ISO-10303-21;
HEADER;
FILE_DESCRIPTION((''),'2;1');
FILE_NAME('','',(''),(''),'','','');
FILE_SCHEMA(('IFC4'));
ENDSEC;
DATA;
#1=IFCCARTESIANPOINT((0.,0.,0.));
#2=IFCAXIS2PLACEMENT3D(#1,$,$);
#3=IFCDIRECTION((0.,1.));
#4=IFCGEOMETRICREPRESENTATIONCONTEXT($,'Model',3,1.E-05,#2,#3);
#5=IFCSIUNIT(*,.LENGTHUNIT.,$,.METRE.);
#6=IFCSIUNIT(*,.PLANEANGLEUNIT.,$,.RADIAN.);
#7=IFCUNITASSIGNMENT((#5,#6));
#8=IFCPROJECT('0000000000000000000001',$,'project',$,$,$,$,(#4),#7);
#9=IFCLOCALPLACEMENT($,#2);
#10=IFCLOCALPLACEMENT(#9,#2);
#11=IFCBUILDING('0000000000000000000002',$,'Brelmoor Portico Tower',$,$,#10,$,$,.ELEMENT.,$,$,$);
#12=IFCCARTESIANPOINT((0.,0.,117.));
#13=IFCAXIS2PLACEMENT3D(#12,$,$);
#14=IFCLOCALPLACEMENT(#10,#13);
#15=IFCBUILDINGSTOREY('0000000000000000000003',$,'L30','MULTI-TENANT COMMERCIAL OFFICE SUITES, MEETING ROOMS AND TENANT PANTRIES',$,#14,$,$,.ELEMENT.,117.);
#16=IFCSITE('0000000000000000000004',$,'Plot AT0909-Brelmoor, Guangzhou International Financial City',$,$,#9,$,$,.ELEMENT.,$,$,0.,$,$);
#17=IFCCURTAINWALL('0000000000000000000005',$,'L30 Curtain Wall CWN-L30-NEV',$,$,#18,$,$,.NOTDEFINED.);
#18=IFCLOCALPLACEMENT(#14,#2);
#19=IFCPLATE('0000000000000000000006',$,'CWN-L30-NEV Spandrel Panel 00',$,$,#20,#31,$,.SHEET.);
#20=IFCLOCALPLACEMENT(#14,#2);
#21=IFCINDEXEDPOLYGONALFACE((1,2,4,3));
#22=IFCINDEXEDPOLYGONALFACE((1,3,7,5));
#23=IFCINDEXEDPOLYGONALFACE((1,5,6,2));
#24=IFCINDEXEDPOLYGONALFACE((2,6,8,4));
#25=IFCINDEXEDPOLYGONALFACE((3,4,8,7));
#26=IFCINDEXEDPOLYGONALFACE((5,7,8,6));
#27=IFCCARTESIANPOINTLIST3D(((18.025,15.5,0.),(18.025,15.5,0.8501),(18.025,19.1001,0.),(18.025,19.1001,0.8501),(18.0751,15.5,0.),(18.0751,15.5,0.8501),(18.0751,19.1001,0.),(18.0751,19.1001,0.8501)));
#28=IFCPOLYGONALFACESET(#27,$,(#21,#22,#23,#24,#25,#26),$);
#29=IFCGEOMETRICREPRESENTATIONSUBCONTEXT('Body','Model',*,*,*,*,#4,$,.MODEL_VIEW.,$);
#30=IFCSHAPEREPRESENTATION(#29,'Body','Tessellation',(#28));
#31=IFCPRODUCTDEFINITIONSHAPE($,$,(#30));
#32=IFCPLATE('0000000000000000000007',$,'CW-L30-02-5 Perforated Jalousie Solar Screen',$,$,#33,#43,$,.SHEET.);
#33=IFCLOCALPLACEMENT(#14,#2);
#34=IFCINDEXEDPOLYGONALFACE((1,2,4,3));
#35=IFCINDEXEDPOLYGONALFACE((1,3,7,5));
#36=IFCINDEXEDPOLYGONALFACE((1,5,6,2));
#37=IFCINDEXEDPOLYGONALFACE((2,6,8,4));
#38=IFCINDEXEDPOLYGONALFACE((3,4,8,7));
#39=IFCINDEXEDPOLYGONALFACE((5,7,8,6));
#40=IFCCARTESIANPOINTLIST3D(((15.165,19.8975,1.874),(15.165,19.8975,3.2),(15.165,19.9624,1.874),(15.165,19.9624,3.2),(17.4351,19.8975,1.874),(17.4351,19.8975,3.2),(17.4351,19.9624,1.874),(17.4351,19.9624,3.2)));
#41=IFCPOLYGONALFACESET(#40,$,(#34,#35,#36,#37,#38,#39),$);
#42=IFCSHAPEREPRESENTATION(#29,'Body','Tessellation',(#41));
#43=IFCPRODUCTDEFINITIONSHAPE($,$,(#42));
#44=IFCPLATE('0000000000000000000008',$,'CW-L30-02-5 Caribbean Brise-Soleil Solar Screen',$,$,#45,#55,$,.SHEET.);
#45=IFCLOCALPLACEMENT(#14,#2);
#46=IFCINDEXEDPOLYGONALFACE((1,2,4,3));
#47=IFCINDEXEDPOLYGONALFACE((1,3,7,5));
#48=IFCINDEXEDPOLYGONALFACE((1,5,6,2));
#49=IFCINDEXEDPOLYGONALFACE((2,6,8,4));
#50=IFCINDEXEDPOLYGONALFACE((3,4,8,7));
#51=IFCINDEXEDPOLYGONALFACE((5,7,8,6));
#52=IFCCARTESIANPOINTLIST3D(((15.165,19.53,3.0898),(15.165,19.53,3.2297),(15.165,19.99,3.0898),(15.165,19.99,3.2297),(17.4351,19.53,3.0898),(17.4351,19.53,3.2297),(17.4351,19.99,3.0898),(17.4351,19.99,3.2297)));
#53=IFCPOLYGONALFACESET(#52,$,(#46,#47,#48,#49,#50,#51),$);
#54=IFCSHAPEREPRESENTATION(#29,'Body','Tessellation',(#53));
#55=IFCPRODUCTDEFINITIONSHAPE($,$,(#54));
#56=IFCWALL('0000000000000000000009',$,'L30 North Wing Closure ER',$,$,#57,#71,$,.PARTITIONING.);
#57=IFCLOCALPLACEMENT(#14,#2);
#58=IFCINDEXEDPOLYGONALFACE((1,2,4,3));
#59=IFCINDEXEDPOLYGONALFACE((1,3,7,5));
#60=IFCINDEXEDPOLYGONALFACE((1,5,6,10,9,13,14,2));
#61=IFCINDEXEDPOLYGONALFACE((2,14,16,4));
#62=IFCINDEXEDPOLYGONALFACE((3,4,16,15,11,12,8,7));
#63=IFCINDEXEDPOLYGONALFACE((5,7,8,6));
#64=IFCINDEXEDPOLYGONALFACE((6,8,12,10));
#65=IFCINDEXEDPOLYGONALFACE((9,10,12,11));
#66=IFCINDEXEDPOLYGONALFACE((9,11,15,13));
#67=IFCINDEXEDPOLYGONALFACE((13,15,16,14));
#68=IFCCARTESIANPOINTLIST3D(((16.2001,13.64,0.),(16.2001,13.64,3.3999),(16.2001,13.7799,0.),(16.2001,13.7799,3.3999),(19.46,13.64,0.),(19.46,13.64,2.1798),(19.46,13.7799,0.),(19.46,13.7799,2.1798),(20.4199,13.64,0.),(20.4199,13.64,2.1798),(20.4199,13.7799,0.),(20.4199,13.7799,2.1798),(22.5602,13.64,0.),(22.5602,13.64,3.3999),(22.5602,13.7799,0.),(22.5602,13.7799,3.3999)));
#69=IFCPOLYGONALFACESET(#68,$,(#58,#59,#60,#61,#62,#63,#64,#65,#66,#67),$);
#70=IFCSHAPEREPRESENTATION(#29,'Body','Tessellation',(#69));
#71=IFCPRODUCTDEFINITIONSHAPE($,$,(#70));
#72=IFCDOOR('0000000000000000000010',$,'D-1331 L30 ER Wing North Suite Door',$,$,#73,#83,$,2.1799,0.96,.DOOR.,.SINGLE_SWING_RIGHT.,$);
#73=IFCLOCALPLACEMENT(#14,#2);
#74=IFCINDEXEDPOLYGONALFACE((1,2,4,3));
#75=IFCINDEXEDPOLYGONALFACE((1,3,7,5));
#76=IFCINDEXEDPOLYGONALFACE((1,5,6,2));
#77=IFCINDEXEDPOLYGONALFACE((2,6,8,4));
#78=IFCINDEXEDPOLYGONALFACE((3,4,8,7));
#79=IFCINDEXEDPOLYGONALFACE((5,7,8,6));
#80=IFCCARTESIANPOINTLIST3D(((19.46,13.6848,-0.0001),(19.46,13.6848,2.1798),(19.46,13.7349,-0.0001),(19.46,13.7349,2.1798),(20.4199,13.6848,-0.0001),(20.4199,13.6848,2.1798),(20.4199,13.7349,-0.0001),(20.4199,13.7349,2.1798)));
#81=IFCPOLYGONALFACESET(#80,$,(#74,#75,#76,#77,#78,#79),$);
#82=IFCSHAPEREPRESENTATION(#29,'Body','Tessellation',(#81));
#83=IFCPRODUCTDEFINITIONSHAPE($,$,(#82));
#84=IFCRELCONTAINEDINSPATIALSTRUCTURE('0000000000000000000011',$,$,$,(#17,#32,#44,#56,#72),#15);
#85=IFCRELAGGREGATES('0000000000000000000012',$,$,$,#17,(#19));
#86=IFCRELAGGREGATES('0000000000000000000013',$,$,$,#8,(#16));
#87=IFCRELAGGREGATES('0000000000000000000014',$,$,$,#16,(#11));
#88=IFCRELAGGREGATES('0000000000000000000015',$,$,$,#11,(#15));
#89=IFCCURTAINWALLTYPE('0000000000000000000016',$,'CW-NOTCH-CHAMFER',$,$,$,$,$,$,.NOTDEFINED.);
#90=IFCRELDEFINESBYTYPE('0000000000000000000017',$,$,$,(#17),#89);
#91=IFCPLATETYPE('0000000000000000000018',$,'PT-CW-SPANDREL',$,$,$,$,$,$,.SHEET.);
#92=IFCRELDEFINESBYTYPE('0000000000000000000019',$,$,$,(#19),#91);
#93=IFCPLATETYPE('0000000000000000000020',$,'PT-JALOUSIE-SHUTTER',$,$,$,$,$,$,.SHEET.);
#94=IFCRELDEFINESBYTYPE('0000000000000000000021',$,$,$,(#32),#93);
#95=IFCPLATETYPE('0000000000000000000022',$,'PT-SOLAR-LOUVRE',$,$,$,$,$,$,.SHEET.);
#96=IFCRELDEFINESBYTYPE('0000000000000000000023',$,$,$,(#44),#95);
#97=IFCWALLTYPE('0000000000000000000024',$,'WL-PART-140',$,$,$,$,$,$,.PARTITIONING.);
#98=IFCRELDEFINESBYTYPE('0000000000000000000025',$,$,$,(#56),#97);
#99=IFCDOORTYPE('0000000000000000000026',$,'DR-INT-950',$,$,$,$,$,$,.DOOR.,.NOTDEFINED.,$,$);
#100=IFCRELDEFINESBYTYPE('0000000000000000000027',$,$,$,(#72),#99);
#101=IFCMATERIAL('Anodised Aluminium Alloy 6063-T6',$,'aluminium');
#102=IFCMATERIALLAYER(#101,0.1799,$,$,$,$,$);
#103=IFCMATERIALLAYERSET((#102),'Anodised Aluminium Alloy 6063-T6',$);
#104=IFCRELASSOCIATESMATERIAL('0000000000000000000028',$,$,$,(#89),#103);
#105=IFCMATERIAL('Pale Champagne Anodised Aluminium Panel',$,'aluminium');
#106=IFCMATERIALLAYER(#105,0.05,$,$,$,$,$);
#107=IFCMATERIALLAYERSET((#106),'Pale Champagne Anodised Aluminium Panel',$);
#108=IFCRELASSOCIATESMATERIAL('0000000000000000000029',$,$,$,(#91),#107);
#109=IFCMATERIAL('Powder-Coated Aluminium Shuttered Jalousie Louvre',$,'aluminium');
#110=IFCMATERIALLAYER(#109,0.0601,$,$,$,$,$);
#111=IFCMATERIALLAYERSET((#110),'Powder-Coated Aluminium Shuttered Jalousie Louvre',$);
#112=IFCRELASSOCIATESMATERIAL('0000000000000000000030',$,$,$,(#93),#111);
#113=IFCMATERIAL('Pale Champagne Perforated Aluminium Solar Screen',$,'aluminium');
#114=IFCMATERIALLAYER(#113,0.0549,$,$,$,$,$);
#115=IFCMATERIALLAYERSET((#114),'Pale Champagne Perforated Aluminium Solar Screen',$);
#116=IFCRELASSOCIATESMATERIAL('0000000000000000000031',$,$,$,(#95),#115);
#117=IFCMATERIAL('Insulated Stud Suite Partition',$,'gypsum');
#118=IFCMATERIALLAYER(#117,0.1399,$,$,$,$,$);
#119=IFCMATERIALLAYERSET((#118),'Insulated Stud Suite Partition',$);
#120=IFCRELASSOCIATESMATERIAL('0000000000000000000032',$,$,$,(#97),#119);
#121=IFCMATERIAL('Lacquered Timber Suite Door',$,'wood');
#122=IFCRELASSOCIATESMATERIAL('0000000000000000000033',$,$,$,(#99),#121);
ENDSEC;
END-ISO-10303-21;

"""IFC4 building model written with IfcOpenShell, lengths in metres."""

from ifc_helpers import new_model, si_unit, direction, frame, frame_2d, origin, origin_2d, place, context, subcontext, project, spatial, rectangle, extrude, material, layer, layer_set, type_object, element, fill, aggregate, save


model = new_model("IFC4")

# Units and contexts
model_context = context("Model", 3, precision=1e-05, world=origin(), true_north=direction((0.0, 1.0)))
body_context = subcontext(model_context, "Body", "Model", "MODEL_VIEW")
ifc_project = project(units=[si_unit("LENGTHUNIT", "METRE"), si_unit("PLANEANGLEUNIT", "RADIAN")], contexts=[model_context])

# Site, building, storey
site_placement = place(None, origin())
site = spatial("IfcSite", under=ifc_project, at=site_placement, Name="Plot AT0909-Brelmoor, Guangzhou International Financial City", CompositionType="ELEMENT", RefElevation=0.0)
building_placement = place(site_placement, origin())
building = spatial("IfcBuilding", under=site, at=building_placement, Name="Brelmoor Portico Tower", CompositionType="ELEMENT")
storey_placement = place(building_placement, frame((0.0, 0.0, 117.0)))
storey = spatial("IfcBuildingStorey", under=building, at=storey_placement, Name="L30", Description="MULTI-TENANT COMMERCIAL OFFICE SUITES, MEETING ROOMS AND TENANT PANTRIES", CompositionType="ELEMENT", Elevation=117.0)

# Curtain wall
ifc_material_1 = material(Name="Anodised Aluminium Alloy 6063-T6", Category="aluminium")
ifc_layer_1 = layer(ifc_material_1, 0.1799)
ifc_layer_set_1 = layer_set([ifc_layer_1], Name="Anodised Aluminium Alloy 6063-T6")
curtain_wall_type_1 = type_object("IfcCurtainWallType", Name="CW-NOTCH-CHAMFER", PredefinedType="NOTDEFINED", material=ifc_layer_set_1)
curtain_wall_1_placement = place(storey_placement, origin())
curtain_wall_1 = element("IfcCurtainWall", 1, at=curtain_wall_1_placement, inside=storey, type_object=curtain_wall_type_1, Name="L30 Curtain Wall CWN-L30-NEV", PredefinedType="NOTDEFINED")

# Plate
ifc_material_2 = material(Name="Pale Champagne Anodised Aluminium Panel", Category="aluminium")
ifc_layer_2 = layer(ifc_material_2, 0.05)
ifc_layer_set_2 = layer_set([ifc_layer_2], Name="Pale Champagne Anodised Aluminium Panel")
plate_type_1 = type_object("IfcPlateType", Name="PT-CW-SPANDREL", PredefinedType="SHEET", material=ifc_layer_set_2)
plate_1_placement = place(storey_placement, frame((18.05, 17.3, 0.0), z_axis=(0.0, 0.0, 1.0), x_axis=(0.0, 1.0, 0.0)))
plate_1 = element("IfcPlate", 2, at=plate_1_placement, type_object=plate_type_1, Name="CWN-L30-NEV Spandrel Panel 00", PredefinedType="SHEET", context=body_context, shape_type="SweptSolid", body=[
    extrude(rectangle(XDim=3.6001, YDim=0.05, at=origin_2d()), origin(), (0.0, 0.0, 1.0), 0.8501),
])
aggregate(curtain_wall_1, [plate_1])

# Plates
ifc_material_3 = material(Name="Powder-Coated Aluminium Shuttered Jalousie Louvre", Category="aluminium")
ifc_layer_3 = layer(ifc_material_3, 0.0601)
ifc_layer_set_3 = layer_set([ifc_layer_3], Name="Powder-Coated Aluminium Shuttered Jalousie Louvre")
plate_type_2 = type_object("IfcPlateType", Name="PT-JALOUSIE-SHUTTER", PredefinedType="SHEET", material=ifc_layer_set_3)
plate_2_placement = place(storey_placement, frame((16.3, 19.9299, 1.874), z_axis=(0.0, 0.0, 1.0), x_axis=(1.0, 0.0, 0.0)))
element("IfcPlate", 3, at=plate_2_placement, inside=storey, type_object=plate_type_2, Name="CW-L30-02-5 Perforated Jalousie Solar Screen", PredefinedType="SHEET", context=body_context, shape_type="SweptSolid", body=[
    extrude(rectangle(XDim=2.27, YDim=0.0649, at=origin_2d()), origin(), (0.0, 0.0, 1.0), 1.3259),
])
ifc_material_4 = material(Name="Pale Champagne Perforated Aluminium Solar Screen", Category="aluminium")
ifc_layer_4 = layer(ifc_material_4, 0.0549)
ifc_layer_set_4 = layer_set([ifc_layer_4], Name="Pale Champagne Perforated Aluminium Solar Screen")
plate_type_3 = type_object("IfcPlateType", Name="PT-SOLAR-LOUVRE", PredefinedType="SHEET", material=ifc_layer_set_4)
plate_3_placement = place(storey_placement, frame((16.3, 19.76, 3.0898), z_axis=(0.0, 0.0, 1.0), x_axis=(1.0, 0.0, 0.0)))
element("IfcPlate", 4, at=plate_3_placement, inside=storey, type_object=plate_type_3, Name="CW-L30-02-5 Caribbean Brise-Soleil Solar Screen", PredefinedType="SHEET", context=body_context, shape_type="SweptSolid", body=[
    extrude(rectangle(XDim=2.27, YDim=0.46, at=origin_2d()), origin(), (0.0, 0.0, 1.0), 0.1399),
])

# Wall, opening, door
ifc_material_5 = material(Name="Insulated Stud Suite Partition", Category="gypsum")
ifc_layer_5 = layer(ifc_material_5, 0.1399)
ifc_layer_set_5 = layer_set([ifc_layer_5], Name="Insulated Stud Suite Partition")
wall_type = type_object("IfcWallType", Name="WL-PART-140", PredefinedType="PARTITIONING", material=ifc_layer_set_5)
wall_placement = place(storey_placement, frame((16.2, 13.71, 0.0), z_axis=(0.0, 0.0, 1.0), x_axis=(1.0, 0.0, 0.0)))
wall = element("IfcWall", 5, at=wall_placement, inside=storey, type_object=wall_type, Name="L30 North Wing Closure ER", PredefinedType="PARTITIONING", context=body_context, shape_type="SweptSolid", body=[
    extrude(rectangle(XDim=6.3601, YDim=0.1399, at=frame_2d((3.1802, 0.0))), origin(), (0.0, 0.0, 1.0), 3.3999),
])
opening_placement = place(wall_placement, frame((3.26, 0.0, 0.0)))
opening = element("IfcOpeningElement", 6, at=opening_placement, cuts=wall, PredefinedType="OPENING", context=body_context, shape_type="SweptSolid", body=[
    extrude(rectangle(XDim=0.96, YDim=2.1799, at=frame_2d((0.48, 1.0898))), frame((0.0, 0.0798, 0.0), z_axis=(0.0, -1.0, 0.0), x_axis=(1.0, 0.0, 0.0)), (0.0, 0.0, 1.0), 0.1599),
])
ifc_material_6 = material(Name="Lacquered Timber Suite Door", Category="wood")
door_type = type_object("IfcDoorType", Name="DR-INT-950", OperationType="NOTDEFINED", PredefinedType="DOOR", material=ifc_material_6)
door_placement = place(opening_placement, origin())
door = element("IfcDoor", 7, at=door_placement, inside=storey, type_object=door_type, Name="D-1331 L30 ER Wing North Suite Door", OperationType="SINGLE_SWING_RIGHT", OverallHeight=2.1799, OverallWidth=0.96, PredefinedType="DOOR", context=body_context, shape_type="SweptSolid", body=[
    extrude(rectangle(XDim=0.96, YDim=2.1799, at=frame_2d((0.48, 1.0898))), frame((0.0, 0.0249, 0.0), z_axis=(0.0, -1.0, 0.0), x_axis=(1.0, 0.0, 0.0)), (0.0, 0.0, 1.0), 0.05),
])
fill(opening, door)

save(model, "model.ifc")
